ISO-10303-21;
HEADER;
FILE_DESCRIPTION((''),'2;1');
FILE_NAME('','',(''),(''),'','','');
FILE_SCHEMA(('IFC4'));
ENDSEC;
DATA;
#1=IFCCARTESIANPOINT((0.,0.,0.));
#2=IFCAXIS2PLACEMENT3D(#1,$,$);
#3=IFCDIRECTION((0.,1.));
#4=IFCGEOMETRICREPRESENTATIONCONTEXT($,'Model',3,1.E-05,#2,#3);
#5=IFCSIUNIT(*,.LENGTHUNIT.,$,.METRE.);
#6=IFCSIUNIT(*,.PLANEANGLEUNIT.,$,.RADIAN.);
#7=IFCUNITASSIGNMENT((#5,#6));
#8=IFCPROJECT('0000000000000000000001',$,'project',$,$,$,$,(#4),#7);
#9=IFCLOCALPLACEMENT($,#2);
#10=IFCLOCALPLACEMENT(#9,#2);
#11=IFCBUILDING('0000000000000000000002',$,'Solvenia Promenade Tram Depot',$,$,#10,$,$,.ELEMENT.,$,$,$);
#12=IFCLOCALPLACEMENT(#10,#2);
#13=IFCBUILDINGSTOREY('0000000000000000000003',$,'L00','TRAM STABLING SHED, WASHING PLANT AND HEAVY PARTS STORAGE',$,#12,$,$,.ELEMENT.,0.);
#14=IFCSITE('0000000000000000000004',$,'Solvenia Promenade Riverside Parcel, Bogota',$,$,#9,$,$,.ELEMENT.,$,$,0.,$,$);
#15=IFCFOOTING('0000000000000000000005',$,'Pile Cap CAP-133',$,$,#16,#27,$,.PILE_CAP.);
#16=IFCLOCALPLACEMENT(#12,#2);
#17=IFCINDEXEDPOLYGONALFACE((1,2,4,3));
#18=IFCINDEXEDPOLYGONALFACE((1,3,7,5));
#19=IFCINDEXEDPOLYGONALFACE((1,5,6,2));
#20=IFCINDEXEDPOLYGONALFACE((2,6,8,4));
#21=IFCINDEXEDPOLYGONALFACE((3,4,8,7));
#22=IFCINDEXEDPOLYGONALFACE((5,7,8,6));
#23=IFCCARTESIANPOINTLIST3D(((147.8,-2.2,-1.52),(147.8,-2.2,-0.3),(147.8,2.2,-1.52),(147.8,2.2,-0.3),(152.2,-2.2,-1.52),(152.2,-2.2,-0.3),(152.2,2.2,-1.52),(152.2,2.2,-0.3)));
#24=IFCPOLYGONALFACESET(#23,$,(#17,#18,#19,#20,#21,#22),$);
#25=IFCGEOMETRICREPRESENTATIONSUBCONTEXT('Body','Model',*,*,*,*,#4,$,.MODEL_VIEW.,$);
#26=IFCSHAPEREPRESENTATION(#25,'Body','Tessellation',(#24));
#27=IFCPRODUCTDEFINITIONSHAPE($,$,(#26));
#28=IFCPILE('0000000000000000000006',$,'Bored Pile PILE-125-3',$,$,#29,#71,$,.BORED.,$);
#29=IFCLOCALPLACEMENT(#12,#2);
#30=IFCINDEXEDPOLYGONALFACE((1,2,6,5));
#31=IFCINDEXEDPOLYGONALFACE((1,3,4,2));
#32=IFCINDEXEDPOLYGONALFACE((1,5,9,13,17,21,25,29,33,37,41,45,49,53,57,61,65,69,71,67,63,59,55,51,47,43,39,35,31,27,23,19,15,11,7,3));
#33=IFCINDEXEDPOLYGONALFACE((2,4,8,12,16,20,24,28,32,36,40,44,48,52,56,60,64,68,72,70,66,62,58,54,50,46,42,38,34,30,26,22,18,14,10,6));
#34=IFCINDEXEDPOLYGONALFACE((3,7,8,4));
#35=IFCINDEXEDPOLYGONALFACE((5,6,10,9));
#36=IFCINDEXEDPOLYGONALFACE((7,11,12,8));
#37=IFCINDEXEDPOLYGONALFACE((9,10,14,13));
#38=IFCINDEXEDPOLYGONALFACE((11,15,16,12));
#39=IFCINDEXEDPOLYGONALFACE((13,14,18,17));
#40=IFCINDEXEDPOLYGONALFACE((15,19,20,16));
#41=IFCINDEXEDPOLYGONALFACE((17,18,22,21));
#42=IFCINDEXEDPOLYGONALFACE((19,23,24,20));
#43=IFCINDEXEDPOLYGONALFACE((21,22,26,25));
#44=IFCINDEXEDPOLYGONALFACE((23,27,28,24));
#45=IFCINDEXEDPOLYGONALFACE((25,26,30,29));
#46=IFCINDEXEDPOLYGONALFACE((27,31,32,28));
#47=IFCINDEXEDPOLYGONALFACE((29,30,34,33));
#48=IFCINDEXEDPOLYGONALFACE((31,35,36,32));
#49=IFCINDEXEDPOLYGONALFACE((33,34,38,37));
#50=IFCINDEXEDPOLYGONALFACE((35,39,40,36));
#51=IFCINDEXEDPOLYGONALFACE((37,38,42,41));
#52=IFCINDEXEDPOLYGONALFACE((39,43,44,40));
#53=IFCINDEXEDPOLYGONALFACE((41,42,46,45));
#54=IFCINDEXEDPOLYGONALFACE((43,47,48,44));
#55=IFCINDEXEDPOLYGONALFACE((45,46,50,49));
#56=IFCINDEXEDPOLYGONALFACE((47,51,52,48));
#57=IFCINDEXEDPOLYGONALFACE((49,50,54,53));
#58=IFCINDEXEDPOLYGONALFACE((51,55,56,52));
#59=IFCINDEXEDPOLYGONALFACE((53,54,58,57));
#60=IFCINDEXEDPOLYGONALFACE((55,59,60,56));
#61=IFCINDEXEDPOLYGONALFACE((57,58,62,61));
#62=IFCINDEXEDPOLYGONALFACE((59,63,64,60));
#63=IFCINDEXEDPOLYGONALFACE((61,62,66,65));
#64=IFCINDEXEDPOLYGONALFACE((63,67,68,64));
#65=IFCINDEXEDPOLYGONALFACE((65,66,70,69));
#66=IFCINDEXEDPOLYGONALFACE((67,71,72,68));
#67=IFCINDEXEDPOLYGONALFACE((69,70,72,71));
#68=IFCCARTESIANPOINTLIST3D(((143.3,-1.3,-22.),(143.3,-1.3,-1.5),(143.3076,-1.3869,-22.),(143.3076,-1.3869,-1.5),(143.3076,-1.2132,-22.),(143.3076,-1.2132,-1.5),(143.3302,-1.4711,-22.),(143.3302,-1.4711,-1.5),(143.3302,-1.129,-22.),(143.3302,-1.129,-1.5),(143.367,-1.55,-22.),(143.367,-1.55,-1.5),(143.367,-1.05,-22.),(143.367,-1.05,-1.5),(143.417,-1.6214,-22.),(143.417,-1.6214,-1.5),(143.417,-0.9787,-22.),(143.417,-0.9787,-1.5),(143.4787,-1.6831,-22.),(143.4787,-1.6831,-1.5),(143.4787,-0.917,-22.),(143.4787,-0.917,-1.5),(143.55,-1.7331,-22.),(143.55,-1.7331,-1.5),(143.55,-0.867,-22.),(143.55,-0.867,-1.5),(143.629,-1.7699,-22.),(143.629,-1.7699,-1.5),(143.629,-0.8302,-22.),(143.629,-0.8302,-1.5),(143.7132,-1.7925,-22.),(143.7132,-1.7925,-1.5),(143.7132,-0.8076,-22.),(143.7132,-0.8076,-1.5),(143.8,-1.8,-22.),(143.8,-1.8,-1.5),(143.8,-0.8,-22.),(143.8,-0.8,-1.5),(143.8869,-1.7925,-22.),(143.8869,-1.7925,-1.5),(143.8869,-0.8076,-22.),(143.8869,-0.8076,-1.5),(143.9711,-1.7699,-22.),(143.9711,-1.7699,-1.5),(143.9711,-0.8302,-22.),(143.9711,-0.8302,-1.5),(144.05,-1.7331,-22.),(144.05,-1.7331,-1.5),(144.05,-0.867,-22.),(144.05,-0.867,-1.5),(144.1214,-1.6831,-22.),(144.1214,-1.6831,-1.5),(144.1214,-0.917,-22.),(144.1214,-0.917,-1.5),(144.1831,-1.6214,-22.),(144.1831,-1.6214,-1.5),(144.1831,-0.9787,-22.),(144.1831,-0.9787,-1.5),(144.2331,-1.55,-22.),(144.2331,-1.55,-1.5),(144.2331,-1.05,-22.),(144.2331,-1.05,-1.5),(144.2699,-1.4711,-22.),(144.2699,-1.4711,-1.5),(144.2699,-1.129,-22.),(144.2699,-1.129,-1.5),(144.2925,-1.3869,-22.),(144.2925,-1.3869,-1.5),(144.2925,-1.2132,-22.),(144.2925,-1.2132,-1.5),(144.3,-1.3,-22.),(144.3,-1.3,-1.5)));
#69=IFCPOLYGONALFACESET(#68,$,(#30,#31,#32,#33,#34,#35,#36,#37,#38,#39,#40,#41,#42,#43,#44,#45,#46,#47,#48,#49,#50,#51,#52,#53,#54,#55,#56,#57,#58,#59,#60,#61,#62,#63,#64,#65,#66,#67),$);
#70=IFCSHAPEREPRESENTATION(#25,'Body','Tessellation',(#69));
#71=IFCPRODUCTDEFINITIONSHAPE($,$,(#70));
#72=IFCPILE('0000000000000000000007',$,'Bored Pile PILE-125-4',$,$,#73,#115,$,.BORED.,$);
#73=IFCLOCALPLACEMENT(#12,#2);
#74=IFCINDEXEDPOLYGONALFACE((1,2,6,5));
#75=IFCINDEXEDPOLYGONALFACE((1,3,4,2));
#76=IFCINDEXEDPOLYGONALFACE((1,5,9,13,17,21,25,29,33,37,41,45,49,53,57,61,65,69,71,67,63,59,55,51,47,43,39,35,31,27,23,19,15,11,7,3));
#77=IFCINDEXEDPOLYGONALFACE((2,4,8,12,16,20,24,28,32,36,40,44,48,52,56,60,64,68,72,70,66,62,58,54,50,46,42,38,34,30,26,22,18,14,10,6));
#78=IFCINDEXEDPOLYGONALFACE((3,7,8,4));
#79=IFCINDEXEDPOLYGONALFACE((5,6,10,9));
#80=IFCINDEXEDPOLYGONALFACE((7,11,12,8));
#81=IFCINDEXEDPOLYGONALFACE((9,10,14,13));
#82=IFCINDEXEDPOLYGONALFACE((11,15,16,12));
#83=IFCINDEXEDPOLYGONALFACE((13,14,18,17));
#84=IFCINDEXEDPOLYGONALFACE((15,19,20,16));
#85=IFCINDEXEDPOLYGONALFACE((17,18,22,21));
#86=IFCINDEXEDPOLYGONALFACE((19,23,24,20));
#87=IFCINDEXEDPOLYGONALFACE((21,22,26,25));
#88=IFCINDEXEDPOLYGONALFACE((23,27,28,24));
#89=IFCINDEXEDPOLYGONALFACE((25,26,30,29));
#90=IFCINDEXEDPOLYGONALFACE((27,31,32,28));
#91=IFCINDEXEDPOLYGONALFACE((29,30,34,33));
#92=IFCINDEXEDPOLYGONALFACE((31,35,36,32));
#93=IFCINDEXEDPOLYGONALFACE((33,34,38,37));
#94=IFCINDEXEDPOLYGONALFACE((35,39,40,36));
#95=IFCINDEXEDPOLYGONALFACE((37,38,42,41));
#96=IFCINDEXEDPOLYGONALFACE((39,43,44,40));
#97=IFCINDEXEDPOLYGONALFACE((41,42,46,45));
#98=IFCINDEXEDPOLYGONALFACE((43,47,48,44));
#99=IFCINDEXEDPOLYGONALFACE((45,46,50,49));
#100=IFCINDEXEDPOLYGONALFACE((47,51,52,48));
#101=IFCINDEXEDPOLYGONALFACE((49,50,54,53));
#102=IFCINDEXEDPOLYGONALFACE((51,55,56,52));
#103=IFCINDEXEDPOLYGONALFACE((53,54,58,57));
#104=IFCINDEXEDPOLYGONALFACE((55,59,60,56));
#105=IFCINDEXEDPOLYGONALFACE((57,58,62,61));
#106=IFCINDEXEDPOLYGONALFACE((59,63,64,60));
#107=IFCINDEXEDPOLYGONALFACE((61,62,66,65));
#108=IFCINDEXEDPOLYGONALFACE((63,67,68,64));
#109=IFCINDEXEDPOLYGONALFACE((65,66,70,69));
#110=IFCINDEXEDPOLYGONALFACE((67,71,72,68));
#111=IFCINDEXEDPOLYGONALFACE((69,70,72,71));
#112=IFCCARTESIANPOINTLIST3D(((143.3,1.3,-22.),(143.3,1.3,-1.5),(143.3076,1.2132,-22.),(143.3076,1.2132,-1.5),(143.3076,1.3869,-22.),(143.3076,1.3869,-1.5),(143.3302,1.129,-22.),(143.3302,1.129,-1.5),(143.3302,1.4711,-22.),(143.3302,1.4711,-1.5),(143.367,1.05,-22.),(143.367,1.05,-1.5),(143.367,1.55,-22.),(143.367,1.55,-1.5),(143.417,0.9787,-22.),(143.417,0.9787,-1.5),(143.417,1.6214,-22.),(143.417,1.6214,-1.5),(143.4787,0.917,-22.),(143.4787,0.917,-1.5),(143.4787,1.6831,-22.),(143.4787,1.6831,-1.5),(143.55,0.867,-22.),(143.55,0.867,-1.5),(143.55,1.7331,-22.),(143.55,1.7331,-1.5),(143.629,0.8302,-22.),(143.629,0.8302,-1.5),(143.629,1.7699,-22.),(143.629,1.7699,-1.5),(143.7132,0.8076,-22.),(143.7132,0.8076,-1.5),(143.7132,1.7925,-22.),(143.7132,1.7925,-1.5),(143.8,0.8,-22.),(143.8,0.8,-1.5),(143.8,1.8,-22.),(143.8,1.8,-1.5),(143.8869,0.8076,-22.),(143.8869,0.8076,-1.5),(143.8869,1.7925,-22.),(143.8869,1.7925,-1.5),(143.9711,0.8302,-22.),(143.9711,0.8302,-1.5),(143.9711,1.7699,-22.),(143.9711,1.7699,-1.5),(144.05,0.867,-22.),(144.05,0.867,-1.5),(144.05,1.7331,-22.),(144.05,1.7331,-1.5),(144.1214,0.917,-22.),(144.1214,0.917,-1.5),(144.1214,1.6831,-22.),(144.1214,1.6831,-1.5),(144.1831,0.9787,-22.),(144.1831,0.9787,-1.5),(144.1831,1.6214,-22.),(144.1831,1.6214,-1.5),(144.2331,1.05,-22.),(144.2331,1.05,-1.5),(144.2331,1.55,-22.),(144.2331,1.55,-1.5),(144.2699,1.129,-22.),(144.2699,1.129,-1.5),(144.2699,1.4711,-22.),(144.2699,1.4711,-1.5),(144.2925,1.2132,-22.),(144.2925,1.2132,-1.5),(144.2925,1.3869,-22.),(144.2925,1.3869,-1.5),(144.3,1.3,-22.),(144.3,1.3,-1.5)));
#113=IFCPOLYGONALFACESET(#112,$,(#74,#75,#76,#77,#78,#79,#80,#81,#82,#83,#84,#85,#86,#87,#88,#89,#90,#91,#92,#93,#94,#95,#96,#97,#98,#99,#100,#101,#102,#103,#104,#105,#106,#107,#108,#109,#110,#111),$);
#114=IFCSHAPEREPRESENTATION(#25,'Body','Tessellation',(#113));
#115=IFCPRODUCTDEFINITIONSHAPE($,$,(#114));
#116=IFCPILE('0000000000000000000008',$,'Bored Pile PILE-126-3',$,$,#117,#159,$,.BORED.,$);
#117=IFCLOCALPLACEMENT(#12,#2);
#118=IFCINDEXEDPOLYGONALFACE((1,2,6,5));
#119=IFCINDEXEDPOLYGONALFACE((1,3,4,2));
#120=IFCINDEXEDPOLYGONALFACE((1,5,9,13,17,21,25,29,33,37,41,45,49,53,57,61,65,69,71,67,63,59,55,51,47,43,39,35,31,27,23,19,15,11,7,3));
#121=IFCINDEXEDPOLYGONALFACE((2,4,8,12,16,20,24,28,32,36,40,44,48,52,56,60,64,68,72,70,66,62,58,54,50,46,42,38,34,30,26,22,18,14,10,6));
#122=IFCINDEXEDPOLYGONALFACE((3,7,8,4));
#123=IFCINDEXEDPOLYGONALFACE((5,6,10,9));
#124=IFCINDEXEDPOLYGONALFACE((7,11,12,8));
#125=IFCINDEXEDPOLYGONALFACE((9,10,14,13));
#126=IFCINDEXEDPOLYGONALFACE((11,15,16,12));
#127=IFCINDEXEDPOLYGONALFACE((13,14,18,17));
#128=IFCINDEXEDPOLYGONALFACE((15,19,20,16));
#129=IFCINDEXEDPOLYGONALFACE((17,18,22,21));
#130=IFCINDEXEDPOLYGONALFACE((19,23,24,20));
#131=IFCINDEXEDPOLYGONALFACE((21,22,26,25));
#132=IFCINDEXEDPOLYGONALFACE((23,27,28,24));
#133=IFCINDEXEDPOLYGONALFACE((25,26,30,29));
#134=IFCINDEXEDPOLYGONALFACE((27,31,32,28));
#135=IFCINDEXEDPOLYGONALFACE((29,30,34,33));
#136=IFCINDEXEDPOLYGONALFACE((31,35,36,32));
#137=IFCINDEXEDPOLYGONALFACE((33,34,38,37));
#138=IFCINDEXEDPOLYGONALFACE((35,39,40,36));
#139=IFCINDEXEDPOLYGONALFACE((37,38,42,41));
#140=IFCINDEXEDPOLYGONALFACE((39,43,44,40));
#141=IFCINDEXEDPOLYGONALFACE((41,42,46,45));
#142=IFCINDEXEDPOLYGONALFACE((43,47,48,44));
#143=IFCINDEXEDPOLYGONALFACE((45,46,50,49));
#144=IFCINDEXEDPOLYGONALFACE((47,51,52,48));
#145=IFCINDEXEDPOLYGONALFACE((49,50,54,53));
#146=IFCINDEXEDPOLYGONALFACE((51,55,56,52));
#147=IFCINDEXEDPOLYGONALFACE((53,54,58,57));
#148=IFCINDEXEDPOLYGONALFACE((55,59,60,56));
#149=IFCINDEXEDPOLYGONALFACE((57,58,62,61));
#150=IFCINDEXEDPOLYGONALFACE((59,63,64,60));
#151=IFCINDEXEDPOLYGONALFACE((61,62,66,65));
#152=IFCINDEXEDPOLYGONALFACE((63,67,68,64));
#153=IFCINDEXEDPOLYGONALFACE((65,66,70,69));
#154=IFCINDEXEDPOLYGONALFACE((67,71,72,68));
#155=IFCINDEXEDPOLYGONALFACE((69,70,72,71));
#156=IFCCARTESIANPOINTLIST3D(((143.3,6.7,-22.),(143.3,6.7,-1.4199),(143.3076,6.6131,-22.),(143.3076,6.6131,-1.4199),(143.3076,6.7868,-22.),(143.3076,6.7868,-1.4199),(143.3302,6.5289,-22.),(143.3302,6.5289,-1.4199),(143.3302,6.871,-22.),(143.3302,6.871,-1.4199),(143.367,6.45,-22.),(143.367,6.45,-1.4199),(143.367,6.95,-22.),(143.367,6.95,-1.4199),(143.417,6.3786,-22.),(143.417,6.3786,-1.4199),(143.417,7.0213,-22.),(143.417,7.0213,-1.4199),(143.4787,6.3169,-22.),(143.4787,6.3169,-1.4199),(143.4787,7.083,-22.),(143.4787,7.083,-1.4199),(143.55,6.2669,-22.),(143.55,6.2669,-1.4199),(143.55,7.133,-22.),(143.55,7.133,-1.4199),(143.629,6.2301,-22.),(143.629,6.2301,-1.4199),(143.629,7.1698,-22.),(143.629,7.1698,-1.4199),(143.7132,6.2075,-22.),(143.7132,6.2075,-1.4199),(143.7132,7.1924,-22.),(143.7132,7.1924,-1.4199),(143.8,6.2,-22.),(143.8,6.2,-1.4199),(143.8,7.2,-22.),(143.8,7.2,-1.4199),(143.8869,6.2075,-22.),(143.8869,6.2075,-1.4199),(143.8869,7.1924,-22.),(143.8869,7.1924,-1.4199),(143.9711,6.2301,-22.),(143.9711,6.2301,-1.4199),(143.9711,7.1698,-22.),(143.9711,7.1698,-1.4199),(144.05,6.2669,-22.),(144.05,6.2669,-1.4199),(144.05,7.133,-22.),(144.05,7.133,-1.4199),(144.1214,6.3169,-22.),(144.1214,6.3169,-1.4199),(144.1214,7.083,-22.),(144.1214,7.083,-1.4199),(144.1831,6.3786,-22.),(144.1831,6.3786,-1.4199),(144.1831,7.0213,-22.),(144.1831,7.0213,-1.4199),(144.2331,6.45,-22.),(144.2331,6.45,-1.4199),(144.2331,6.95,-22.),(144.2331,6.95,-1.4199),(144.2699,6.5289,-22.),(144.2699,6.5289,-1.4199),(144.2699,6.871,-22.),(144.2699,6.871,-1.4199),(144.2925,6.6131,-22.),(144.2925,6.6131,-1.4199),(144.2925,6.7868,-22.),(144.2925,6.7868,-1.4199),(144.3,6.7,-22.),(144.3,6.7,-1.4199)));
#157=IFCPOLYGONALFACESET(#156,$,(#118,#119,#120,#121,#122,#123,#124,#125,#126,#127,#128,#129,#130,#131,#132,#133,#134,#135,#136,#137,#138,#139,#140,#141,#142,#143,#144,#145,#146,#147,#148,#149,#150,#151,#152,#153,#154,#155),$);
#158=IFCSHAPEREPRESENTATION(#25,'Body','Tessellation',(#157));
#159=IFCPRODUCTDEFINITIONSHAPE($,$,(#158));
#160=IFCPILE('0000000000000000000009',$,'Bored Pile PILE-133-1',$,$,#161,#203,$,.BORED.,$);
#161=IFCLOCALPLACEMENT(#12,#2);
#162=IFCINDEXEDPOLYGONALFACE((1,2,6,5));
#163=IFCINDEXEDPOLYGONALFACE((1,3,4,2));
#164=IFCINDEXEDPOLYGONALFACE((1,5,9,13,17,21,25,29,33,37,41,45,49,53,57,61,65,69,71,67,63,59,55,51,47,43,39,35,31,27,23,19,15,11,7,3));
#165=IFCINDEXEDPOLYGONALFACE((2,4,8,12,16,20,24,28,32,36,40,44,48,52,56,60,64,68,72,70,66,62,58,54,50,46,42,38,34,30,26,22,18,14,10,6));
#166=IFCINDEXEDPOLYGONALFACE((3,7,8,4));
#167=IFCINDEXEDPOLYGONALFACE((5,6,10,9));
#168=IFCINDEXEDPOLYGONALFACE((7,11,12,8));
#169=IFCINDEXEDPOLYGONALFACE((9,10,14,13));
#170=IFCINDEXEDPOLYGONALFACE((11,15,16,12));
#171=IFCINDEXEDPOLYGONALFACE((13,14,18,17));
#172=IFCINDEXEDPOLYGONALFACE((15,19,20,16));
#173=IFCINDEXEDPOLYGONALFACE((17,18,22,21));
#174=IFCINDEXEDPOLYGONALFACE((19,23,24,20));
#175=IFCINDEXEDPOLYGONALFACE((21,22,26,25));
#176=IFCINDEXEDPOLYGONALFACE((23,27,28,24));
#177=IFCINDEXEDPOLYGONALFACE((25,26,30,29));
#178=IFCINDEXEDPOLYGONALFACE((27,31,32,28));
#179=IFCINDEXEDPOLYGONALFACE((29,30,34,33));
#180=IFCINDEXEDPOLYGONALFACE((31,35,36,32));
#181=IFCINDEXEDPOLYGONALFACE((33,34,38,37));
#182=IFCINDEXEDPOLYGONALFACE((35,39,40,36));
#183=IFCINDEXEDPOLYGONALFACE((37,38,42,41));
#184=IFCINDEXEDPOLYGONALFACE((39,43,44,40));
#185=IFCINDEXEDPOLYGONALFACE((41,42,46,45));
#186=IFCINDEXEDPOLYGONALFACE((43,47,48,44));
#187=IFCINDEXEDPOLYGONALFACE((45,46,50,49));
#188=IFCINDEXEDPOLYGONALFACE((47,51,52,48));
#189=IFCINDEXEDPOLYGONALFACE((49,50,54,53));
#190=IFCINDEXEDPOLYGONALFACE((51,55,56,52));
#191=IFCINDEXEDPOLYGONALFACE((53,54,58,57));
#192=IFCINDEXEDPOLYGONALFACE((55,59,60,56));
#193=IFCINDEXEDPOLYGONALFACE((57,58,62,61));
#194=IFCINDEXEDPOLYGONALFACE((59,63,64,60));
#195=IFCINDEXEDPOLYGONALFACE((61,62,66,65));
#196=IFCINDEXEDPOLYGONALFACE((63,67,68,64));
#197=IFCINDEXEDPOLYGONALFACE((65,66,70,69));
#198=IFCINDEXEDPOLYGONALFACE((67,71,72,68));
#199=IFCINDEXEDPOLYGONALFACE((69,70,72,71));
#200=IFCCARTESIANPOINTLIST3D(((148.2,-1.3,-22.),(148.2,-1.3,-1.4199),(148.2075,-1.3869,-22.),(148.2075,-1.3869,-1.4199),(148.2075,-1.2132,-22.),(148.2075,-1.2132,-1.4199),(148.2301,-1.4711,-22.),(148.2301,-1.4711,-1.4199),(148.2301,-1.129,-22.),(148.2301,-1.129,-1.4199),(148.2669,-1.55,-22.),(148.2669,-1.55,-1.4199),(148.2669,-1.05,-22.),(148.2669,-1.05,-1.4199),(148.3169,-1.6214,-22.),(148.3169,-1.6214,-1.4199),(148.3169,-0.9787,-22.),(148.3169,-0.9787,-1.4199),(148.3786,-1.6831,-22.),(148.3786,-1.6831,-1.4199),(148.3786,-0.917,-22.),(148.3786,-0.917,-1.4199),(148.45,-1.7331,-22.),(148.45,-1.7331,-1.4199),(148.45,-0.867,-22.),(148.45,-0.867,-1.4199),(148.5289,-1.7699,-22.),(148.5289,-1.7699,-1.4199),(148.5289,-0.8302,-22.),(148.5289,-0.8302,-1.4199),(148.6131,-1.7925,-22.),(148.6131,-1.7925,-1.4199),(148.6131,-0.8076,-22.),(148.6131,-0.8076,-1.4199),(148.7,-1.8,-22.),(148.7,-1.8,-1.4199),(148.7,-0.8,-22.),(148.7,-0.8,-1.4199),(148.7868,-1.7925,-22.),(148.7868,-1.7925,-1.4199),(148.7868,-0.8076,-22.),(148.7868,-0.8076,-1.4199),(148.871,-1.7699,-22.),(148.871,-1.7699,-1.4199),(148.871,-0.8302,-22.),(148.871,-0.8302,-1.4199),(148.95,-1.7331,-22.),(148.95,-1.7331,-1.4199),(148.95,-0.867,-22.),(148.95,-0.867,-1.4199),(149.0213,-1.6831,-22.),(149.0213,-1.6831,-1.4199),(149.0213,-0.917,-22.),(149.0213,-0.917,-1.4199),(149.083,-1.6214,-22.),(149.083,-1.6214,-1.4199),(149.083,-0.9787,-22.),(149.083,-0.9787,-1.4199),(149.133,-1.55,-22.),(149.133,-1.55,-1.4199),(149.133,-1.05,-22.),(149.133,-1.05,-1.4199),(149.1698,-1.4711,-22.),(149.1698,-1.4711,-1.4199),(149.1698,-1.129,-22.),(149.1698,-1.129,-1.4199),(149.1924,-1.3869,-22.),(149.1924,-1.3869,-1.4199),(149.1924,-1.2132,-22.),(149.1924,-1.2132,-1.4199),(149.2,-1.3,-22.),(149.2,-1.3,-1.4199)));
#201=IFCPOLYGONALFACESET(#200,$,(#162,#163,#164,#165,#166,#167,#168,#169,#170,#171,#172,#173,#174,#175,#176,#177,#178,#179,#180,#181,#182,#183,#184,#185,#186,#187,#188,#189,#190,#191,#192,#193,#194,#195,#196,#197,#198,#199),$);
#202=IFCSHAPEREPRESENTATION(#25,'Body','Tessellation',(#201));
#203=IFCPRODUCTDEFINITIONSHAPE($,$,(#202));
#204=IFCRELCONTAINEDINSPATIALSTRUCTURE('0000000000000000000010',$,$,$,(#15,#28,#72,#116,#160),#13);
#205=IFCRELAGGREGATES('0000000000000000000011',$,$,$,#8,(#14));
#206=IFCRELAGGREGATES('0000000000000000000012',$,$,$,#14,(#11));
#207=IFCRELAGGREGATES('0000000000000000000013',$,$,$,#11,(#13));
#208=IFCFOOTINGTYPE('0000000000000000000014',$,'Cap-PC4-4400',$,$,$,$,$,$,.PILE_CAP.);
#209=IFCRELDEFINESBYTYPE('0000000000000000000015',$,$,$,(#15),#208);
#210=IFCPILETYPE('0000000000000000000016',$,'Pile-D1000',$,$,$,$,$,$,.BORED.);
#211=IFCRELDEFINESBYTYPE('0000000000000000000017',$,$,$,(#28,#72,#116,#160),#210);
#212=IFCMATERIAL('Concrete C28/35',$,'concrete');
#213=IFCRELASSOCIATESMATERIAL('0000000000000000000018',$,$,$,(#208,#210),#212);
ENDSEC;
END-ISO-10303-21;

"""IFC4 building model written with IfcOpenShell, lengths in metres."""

from ifc_helpers import new_model, si_unit, direction, frame, origin, origin_2d, place, context, subcontext, project, spatial, rectangle, circle, extrude, material, material_profile, profile_set, type_object, element, save


model = new_model("IFC4")

# Units and contexts
model_context = context("Model", 3, precision=1e-05, world=origin(), true_north=direction((0.0, 1.0)))
body_context = subcontext(model_context, "Body", "Model", "MODEL_VIEW")
ifc_project = project(units=[si_unit("LENGTHUNIT", "METRE"), si_unit("PLANEANGLEUNIT", "RADIAN")], contexts=[model_context])

# Site, building, storey
site_placement = place(None, origin())
site = spatial("IfcSite", under=ifc_project, at=site_placement, Name="Solvenia Promenade Riverside Parcel, Bogota", CompositionType="ELEMENT", RefElevation=0.0)
building_placement = place(site_placement, origin())
building = spatial("IfcBuilding", under=site, at=building_placement, Name="Solvenia Promenade Tram Depot", CompositionType="ELEMENT")
storey_placement = place(building_placement, origin())
storey = spatial("IfcBuildingStorey", under=building, at=storey_placement, Name="L00", Description="TRAM STABLING SHED, WASHING PLANT AND HEAVY PARTS STORAGE", CompositionType="ELEMENT", Elevation=0.0)

# Footing
ifc_material_1 = material(Name="Concrete C28/35", Category="concrete")
footing_type_1 = type_object("IfcFootingType", Name="Cap-PC4-4400", PredefinedType="PILE_CAP", material=ifc_material_1)
footing_1_placement = place(storey_placement, frame((150.0, 0.0, -1.52), z_axis=(0.0, 0.0, 1.0), x_axis=(1.0, 0.0, 0.0)))
element("IfcFooting", 1, at=footing_1_placement, inside=storey, type_object=footing_type_1, Name="Pile Cap CAP-133", PredefinedType="PILE_CAP", context=body_context, shape_type="SweptSolid", body=[
    extrude(rectangle(XDim=4.3999, YDim=4.3999, at=origin_2d()), origin(), (0.0, 0.0, 1.0), 1.22),
])

# Piles
ifc_material_profile_1 = material_profile(ifc_material_1, circle(Radius=0.5, at=origin_2d()), Name="D1000", Category="concrete")
ifc_profile_set_1 = profile_set([ifc_material_profile_1], Name="Concrete C28/35")
pile_type_1 = type_object("IfcPileType", Name="Pile-D1000", PredefinedType="BORED", material=ifc_profile_set_1)
for number, where, z_axis, x_axis, name in (
    (2, (143.8, -1.3, -1.5), (0.0, 0.0, -1.0), (1.0, 0.0, 0.0), "Bored Pile PILE-125-3"),
    (3, (143.8, 1.3, -1.5), (0.0, 0.0, -1.0), (1.0, 0.0, 0.0), "Bored Pile PILE-125-4"),
):
    element("IfcPile", number, at=place(storey_placement, frame(where, z_axis=z_axis, x_axis=x_axis)), inside=storey, type_object=pile_type_1, Name=name, PredefinedType="BORED", context=body_context, shape_type="SweptSolid", body=[
        extrude(circle(Radius=0.5, at=origin_2d()), origin(), (0.0, 0.0, 1.0), 20.5),
    ])
for number, where, z_axis, x_axis, name in (
    (4, (143.8, 6.7, -1.4199), (0.0, 0.0, -1.0), (1.0, 0.0, 0.0), "Bored Pile PILE-126-3"),
    (5, (148.7, -1.3, -1.4199), (0.0, 0.0, -1.0), (1.0, 0.0, 0.0), "Bored Pile PILE-133-1"),
):
    element("IfcPile", number, at=place(storey_placement, frame(where, z_axis=z_axis, x_axis=x_axis)), inside=storey, type_object=pile_type_1, Name=name, PredefinedType="BORED", context=body_context, shape_type="SweptSolid", body=[
        extrude(circle(Radius=0.5, at=origin_2d()), origin(), (0.0, 0.0, 1.0), 20.5801),
    ])

save(model, "model.ifc")
